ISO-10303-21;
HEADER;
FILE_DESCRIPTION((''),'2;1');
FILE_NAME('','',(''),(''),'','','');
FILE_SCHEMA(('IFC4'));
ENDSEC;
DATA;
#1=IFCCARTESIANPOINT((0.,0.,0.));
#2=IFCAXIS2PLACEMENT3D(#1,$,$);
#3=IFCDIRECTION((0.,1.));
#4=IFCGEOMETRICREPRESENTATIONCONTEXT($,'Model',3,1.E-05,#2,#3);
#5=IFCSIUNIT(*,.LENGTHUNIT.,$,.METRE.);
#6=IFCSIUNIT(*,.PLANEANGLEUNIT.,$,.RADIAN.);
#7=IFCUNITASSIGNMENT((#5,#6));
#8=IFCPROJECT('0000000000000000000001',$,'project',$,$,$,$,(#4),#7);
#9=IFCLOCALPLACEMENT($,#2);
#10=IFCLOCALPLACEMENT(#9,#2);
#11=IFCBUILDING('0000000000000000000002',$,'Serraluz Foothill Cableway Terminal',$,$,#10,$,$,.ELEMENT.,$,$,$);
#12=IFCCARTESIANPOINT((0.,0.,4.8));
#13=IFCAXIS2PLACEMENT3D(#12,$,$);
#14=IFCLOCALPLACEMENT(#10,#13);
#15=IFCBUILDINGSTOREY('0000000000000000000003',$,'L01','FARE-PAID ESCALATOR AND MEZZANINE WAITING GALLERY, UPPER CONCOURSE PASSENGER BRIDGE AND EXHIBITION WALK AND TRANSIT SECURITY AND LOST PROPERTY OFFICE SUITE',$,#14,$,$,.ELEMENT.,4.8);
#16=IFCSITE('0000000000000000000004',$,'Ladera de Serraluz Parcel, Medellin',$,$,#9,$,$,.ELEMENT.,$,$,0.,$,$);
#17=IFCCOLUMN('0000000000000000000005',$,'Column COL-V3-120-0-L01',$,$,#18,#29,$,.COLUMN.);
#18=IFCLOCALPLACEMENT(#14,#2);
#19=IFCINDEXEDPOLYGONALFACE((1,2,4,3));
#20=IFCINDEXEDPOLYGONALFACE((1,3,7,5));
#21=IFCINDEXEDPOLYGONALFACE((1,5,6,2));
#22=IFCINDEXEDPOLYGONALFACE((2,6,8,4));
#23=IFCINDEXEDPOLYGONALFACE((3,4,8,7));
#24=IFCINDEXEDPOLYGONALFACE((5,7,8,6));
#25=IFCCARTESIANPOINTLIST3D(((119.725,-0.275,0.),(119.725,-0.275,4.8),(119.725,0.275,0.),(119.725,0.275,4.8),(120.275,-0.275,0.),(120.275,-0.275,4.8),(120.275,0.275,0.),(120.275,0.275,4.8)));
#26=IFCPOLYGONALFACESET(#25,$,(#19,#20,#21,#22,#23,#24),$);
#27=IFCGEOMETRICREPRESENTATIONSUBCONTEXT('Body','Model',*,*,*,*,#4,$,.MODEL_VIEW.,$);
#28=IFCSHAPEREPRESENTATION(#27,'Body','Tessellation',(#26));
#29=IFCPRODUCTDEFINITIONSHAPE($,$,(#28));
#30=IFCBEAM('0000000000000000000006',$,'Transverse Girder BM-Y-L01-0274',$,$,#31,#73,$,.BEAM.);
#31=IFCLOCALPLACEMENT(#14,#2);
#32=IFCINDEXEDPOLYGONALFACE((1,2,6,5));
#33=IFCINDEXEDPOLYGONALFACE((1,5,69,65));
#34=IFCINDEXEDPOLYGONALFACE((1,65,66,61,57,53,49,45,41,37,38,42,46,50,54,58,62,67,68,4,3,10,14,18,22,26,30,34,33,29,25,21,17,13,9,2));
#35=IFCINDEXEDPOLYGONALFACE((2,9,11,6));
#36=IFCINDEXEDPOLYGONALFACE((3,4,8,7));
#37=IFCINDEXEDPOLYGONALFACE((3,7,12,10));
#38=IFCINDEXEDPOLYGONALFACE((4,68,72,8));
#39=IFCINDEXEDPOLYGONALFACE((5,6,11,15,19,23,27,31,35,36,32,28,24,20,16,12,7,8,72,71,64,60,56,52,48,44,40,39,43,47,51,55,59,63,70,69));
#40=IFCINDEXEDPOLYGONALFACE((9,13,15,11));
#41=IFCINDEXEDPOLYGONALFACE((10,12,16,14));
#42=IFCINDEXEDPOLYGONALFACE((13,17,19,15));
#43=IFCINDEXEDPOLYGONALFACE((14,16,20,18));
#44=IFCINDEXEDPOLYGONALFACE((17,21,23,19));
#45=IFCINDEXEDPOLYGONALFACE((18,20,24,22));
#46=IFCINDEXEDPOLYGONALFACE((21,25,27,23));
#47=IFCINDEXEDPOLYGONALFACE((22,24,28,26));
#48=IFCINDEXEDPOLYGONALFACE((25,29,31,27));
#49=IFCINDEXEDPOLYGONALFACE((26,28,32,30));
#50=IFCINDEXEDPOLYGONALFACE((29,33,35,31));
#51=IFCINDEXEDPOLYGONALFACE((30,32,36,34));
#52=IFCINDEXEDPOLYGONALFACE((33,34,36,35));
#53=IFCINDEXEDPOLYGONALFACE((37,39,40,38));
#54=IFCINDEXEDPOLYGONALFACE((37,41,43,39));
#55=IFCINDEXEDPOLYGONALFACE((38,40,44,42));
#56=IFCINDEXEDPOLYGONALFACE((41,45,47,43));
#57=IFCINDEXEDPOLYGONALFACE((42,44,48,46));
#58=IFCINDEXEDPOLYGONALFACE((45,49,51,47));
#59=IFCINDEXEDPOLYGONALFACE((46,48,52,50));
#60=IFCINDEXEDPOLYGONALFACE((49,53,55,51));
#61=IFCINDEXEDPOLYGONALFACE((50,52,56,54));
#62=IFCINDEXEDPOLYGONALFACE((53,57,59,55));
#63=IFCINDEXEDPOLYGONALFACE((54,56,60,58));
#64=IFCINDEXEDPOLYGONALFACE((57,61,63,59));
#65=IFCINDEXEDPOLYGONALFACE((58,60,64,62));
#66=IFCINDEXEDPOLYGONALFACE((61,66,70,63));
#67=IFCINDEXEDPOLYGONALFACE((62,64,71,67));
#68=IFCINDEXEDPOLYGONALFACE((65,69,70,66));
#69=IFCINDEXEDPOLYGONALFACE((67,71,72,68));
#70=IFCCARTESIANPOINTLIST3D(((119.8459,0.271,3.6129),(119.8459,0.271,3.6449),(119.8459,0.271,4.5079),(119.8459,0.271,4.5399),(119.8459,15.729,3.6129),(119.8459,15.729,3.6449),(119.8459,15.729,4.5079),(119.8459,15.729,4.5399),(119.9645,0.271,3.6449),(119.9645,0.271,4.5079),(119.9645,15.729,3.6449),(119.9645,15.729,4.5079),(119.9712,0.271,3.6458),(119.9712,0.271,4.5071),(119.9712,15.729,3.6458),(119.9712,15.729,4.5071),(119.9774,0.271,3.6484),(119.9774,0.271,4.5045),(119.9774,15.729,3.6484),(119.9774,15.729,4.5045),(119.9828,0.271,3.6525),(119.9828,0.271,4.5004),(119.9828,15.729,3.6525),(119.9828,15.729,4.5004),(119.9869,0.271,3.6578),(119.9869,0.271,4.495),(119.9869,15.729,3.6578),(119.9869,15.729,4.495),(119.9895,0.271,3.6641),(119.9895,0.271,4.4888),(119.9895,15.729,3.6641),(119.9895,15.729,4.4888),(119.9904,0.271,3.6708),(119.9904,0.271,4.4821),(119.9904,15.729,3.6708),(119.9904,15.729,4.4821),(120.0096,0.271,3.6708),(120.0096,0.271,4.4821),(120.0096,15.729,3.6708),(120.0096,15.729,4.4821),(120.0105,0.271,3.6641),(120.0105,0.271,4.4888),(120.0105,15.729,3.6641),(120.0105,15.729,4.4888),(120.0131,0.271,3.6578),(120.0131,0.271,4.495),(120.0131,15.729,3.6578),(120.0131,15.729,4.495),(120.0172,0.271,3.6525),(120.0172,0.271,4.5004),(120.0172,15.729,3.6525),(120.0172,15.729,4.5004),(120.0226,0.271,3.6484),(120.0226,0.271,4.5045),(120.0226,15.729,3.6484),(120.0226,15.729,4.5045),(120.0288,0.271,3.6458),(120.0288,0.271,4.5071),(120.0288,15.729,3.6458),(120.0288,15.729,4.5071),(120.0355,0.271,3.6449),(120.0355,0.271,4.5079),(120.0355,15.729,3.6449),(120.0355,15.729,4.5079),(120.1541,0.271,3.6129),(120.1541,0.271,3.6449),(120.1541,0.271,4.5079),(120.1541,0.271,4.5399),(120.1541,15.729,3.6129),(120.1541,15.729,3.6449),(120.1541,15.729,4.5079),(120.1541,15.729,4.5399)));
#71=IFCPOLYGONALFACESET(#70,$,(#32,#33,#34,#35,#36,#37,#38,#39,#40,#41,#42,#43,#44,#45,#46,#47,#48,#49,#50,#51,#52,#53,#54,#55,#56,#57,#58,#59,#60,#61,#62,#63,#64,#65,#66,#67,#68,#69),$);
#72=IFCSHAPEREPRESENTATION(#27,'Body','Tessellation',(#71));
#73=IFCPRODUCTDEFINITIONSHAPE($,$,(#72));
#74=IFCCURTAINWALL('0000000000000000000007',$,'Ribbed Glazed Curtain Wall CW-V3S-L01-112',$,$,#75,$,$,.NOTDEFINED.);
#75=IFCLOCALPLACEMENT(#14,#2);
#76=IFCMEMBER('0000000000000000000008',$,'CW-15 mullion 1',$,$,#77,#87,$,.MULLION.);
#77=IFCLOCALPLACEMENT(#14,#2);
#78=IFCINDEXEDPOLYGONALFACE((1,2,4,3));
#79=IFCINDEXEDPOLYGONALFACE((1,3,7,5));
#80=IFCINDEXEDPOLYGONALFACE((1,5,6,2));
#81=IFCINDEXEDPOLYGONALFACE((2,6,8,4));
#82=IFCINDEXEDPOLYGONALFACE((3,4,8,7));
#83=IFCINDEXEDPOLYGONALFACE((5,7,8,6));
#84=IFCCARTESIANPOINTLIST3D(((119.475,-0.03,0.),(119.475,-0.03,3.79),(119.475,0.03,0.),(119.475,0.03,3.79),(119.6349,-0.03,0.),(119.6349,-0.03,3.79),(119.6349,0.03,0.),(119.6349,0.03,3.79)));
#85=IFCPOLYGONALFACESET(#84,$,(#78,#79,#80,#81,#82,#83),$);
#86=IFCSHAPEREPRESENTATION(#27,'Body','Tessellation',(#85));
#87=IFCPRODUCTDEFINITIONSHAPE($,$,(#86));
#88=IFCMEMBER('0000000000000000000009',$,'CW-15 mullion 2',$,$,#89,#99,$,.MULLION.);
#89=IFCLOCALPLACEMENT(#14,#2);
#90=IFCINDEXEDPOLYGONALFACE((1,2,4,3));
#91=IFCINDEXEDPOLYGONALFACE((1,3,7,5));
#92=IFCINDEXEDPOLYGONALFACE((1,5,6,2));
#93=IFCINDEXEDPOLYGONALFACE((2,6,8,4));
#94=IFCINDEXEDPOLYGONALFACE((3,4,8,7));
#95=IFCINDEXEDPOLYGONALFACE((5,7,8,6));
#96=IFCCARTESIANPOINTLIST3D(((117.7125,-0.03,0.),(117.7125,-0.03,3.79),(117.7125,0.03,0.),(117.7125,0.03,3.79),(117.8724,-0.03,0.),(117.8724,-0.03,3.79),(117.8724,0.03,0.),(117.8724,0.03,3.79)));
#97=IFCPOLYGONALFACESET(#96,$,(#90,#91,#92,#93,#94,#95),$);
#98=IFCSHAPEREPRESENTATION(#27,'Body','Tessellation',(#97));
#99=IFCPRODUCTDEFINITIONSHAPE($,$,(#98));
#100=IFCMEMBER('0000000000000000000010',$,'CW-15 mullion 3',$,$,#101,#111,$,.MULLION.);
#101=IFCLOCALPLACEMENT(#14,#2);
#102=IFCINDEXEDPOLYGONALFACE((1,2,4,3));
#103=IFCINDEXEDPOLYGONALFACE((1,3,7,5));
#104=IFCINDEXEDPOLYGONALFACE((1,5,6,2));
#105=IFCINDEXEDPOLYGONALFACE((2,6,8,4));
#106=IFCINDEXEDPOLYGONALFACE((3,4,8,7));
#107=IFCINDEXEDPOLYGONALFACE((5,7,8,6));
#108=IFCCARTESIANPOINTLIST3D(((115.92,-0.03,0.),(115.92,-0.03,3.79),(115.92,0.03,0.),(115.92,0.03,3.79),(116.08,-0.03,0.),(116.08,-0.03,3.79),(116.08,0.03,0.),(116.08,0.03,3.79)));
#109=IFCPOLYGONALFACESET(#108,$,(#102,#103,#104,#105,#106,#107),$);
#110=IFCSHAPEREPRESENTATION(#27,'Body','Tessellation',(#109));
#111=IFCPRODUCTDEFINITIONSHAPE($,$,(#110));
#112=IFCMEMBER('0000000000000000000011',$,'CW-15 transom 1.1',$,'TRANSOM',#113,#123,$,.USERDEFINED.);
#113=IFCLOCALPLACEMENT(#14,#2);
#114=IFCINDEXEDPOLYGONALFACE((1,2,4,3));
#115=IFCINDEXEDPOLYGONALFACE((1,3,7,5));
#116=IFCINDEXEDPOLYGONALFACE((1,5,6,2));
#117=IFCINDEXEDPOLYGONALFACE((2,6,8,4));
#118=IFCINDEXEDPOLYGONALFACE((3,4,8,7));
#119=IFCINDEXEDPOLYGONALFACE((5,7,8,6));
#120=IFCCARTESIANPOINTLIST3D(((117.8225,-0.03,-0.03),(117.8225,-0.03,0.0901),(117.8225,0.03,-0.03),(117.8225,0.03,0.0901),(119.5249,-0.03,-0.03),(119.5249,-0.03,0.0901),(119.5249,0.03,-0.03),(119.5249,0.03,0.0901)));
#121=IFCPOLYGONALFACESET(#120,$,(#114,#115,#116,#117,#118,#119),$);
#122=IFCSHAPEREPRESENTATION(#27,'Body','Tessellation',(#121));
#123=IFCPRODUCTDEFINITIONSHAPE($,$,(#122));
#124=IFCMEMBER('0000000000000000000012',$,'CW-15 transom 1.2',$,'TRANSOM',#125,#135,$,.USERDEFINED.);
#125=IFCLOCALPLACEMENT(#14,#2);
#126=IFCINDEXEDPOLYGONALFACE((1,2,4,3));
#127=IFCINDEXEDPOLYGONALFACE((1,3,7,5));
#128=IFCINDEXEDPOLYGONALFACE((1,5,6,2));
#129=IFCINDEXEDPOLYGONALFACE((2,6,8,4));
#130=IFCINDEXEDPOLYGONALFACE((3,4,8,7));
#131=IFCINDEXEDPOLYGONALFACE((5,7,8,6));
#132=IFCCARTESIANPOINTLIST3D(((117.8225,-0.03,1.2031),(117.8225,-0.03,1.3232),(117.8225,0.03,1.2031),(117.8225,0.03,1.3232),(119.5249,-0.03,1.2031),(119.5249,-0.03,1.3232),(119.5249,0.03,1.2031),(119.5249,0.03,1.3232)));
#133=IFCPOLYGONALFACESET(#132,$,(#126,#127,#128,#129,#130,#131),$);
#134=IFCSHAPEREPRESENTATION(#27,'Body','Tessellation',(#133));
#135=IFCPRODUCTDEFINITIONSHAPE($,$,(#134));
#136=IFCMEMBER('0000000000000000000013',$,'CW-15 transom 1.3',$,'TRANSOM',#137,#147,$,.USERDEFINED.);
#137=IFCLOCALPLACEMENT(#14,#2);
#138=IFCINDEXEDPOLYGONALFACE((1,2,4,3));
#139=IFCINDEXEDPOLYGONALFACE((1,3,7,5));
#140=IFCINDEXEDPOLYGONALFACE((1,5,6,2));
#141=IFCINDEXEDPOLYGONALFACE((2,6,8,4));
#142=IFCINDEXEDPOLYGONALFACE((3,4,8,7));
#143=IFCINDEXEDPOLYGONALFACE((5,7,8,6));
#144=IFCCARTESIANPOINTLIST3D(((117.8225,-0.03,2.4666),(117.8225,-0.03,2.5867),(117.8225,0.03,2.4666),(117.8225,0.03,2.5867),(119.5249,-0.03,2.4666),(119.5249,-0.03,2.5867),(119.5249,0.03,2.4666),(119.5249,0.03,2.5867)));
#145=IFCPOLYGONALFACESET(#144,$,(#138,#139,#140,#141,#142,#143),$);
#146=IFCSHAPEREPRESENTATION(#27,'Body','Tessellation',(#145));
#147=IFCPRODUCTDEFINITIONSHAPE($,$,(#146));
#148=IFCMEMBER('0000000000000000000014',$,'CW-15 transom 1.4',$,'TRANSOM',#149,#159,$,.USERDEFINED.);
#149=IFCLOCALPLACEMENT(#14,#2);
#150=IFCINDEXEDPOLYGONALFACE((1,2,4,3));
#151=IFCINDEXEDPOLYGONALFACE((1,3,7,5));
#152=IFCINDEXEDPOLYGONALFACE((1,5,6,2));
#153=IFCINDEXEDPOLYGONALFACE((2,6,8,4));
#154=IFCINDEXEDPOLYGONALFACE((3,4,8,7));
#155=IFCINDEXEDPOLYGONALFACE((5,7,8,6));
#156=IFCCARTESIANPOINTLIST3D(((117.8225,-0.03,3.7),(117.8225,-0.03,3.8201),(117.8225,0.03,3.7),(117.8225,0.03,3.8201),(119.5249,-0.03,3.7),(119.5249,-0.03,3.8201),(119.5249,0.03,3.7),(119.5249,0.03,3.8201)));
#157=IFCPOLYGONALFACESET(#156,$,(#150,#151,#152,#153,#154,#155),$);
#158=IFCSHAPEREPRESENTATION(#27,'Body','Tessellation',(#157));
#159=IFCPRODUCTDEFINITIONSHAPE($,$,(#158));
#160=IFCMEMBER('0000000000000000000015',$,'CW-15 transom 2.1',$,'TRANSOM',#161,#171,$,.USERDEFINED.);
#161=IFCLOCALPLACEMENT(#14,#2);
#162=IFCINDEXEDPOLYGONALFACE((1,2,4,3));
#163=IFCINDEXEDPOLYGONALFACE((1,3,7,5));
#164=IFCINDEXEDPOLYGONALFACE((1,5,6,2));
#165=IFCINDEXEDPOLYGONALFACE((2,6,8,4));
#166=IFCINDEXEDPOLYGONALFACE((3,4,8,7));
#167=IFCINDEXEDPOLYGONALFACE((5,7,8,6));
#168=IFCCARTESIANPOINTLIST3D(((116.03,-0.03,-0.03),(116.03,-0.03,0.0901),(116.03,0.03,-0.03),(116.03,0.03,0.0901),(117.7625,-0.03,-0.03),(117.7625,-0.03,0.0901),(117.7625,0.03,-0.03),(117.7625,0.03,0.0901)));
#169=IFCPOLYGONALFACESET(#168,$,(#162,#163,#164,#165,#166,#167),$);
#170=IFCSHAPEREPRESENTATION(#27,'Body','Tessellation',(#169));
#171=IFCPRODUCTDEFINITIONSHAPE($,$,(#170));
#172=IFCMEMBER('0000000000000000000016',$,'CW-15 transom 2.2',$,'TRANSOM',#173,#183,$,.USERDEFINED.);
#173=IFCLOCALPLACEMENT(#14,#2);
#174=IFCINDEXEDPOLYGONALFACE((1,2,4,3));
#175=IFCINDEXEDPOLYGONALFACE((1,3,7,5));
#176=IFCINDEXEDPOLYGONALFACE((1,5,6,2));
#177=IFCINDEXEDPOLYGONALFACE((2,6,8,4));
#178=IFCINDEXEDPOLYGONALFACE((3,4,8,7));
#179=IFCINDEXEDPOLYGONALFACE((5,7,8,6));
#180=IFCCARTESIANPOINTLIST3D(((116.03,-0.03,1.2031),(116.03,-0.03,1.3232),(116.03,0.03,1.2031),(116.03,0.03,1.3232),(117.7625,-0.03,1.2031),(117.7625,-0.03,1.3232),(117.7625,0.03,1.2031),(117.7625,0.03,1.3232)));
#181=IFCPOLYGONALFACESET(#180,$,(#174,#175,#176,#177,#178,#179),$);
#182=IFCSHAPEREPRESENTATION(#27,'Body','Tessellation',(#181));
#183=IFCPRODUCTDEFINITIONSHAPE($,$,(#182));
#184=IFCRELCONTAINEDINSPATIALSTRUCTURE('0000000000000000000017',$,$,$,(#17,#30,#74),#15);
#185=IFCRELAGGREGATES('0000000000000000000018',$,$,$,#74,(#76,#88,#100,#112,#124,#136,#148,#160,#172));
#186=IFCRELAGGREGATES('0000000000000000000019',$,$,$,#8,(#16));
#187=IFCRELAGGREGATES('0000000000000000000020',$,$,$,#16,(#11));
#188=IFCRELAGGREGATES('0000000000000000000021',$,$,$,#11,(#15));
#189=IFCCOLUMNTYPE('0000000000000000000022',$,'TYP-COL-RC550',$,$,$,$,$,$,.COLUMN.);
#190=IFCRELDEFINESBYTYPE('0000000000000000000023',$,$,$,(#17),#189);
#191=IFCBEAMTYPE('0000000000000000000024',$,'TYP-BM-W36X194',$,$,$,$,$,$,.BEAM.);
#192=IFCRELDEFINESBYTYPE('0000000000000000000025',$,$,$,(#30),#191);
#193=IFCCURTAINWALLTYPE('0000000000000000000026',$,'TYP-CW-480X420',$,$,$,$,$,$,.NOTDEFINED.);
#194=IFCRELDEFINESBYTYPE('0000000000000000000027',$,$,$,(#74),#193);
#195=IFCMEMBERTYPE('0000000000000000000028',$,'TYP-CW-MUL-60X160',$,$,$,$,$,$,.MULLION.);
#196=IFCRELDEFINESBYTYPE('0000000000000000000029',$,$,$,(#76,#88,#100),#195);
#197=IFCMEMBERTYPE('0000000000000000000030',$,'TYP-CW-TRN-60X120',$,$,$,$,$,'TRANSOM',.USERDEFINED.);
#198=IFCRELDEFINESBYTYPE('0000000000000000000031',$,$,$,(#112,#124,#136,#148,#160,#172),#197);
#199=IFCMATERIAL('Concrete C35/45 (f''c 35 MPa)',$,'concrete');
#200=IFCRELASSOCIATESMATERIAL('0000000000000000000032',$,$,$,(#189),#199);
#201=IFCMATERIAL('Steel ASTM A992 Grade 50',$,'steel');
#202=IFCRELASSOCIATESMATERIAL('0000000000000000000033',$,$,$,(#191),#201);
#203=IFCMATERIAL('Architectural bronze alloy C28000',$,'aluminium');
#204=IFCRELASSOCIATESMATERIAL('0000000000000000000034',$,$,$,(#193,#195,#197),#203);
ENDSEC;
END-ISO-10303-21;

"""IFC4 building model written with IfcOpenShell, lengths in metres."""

from ifc_helpers import new_model, si_unit, direction, frame, origin, origin_2d, place, context, subcontext, project, spatial, rectangle, i_section, extrude, material, material_profile, profile_set, type_object, element, aggregate, save


model = new_model("IFC4")

# Units and contexts
model_context = context("Model", 3, precision=1e-05, world=origin(), true_north=direction((0.0, 1.0)))
body_context = subcontext(model_context, "Body", "Model", "MODEL_VIEW")
ifc_project = project(units=[si_unit("LENGTHUNIT", "METRE"), si_unit("PLANEANGLEUNIT", "RADIAN")], contexts=[model_context])

# Site, building, storey
site_placement = place(None, origin())
site = spatial("IfcSite", under=ifc_project, at=site_placement, Name="Ladera de Serraluz Parcel, Medellin", CompositionType="ELEMENT", RefElevation=0.0)
building_placement = place(site_placement, origin())
building = spatial("IfcBuilding", under=site, at=building_placement, Name="Serraluz Foothill Cableway Terminal", CompositionType="ELEMENT")
storey_placement = place(building_placement, frame((0.0, 0.0, 4.8)))
storey = spatial("IfcBuildingStorey", under=building, at=storey_placement, Name="L01", Description="FARE-PAID ESCALATOR AND MEZZANINE WAITING GALLERY, UPPER CONCOURSE PASSENGER BRIDGE AND EXHIBITION WALK AND TRANSIT SECURITY AND LOST PROPERTY OFFICE SUITE", CompositionType="ELEMENT", Elevation=4.8)

# Column
ifc_material_1 = material(Name="Concrete C35/45 (f'c 35 MPa)", Category="concrete")
ifc_material_profile_1 = material_profile(ifc_material_1, rectangle(XDim=0.55, YDim=0.55, at=origin_2d()), Name="RC 550x550")
ifc_profile_set_1 = profile_set([ifc_material_profile_1], Name="Concrete C35/45 (f'c 35 MPa)")
column_type = type_object("IfcColumnType", Name="TYP-COL-RC550", PredefinedType="COLUMN", material=ifc_profile_set_1)
column_placement = place(storey_placement, frame((120.0, 0.0, 0.0), z_axis=(0.0, 0.0, 1.0), x_axis=(1.0, 0.0, 0.0)))
element("IfcColumn", 1, at=column_placement, inside=storey, type_object=column_type, Name="Column COL-V3-120-0-L01", PredefinedType="COLUMN", context=body_context, shape_type="SweptSolid", body=[
    extrude(rectangle(XDim=0.55, YDim=0.55, at=origin_2d()), origin(), (0.0, 0.0, 1.0), 4.8),
])

# Beam
ifc_material_2 = material(Name="Steel ASTM A992 Grade 50", Category="steel")
ifc_material_profile_2 = material_profile(ifc_material_2, i_section(OverallWidth=0.3081, OverallDepth=0.927, WebThickness=0.0193, FlangeThickness=0.032, FilletRadius=0.0259, at=origin_2d()), Name="W36X194")
ifc_profile_set_2 = profile_set([ifc_material_profile_2], Name="Steel ASTM A992 Grade 50")
beam_type = type_object("IfcBeamType", Name="TYP-BM-W36X194", PredefinedType="BEAM", material=ifc_profile_set_2)
beam_placement = place(storey_placement, frame((120.0, 0.271, 4.0764), z_axis=(0.0, 1.0, 0.0), x_axis=(-1.0, 0.0, 0.0)))
element("IfcBeam", 2, at=beam_placement, inside=storey, type_object=beam_type, Name="Transverse Girder BM-Y-L01-0274", PredefinedType="BEAM", context=body_context, shape_type="SweptSolid", body=[
    extrude(i_section(OverallWidth=0.3081, OverallDepth=0.927, WebThickness=0.0193, FlangeThickness=0.032, FilletRadius=0.0259, at=origin_2d()), origin(), (0.0, 0.0, 1.0), 15.458),
])

# Curtain wall, members
ifc_material_3 = material(Name="Architectural bronze alloy C28000", Category="aluminium")
curtain_wall_type = type_object("IfcCurtainWallType", Name="TYP-CW-480X420", PredefinedType="NOTDEFINED", material=ifc_material_3)
curtain_wall_placement = place(storey_placement, origin())
curtain_wall = element("IfcCurtainWall", 3, at=curtain_wall_placement, inside=storey, type_object=curtain_wall_type, Name="Ribbed Glazed Curtain Wall CW-V3S-L01-112", PredefinedType="NOTDEFINED")
ifc_material_profile_3 = material_profile(ifc_material_3, rectangle(XDim=0.0601, YDim=0.1599, at=origin_2d()), Name="ALU MULLION 60x160")
ifc_profile_set_3 = profile_set([ifc_material_profile_3], Name="Architectural bronze alloy C28000")
member_type_1 = type_object("IfcMemberType", Name="TYP-CW-MUL-60X160", PredefinedType="MULLION", material=ifc_profile_set_3)
member_1_placement = place(storey_placement, frame((119.5549, 0.0, 0.0), z_axis=(0.0, 0.0, 1.0), x_axis=(0.0, -1.0, 0.0)))
member_1 = element("IfcMember", 4, at=member_1_placement, type_object=member_type_1, Name="CW-15 mullion 1", PredefinedType="MULLION", context=body_context, shape_type="SweptSolid", body=[
    extrude(rectangle(XDim=0.0601, YDim=0.1599, at=origin_2d()), origin(), (0.0, 0.0, 1.0), 3.79),
])
member_2_placement = place(storey_placement, frame((117.7925, 0.0, 0.0), z_axis=(0.0, 0.0, 1.0), x_axis=(0.0, -1.0, 0.0)))
member_2 = element("IfcMember", 5, at=member_2_placement, type_object=member_type_1, Name="CW-15 mullion 2", PredefinedType="MULLION", context=body_context, shape_type="SweptSolid", body=[
    extrude(rectangle(XDim=0.0601, YDim=0.1599, at=origin_2d()), origin(), (0.0, 0.0, 1.0), 3.79),
])
member_3_placement = place(storey_placement, frame((116.0, 0.0, 0.0), z_axis=(0.0, 0.0, 1.0), x_axis=(0.0, -1.0, 0.0)))
member_3 = element("IfcMember", 6, at=member_3_placement, type_object=member_type_1, Name="CW-15 mullion 3", PredefinedType="MULLION", context=body_context, shape_type="SweptSolid", body=[
    extrude(rectangle(XDim=0.0601, YDim=0.1599, at=origin_2d()), origin(), (0.0, 0.0, 1.0), 3.79),
])
ifc_material_profile_4 = material_profile(ifc_material_3, rectangle(XDim=0.0601, YDim=0.1201, at=origin_2d()), Name="ALU TRANSOM 60x120")
ifc_profile_set_4 = profile_set([ifc_material_profile_4], Name="Architectural bronze alloy C28000")
member_type_2 = type_object("IfcMemberType", Name="TYP-CW-TRN-60X120", ElementType="TRANSOM", PredefinedType="USERDEFINED", material=ifc_profile_set_4)
member_4_placement = place(storey_placement, frame((119.5249, 0.0, 0.03), z_axis=(-1.0, 0.0, 0.0), x_axis=(0.0, -1.0, 0.0)))
member_4 = element("IfcMember", 7, at=member_4_placement, type_object=member_type_2, Name="CW-15 transom 1.1", ObjectType="TRANSOM", PredefinedType="USERDEFINED", context=body_context, shape_type="SweptSolid", body=[
    extrude(rectangle(XDim=0.0601, YDim=0.1201, at=origin_2d()), origin(), (0.0, 0.0, 1.0), 1.7024),
])
member_5_placement = place(storey_placement, frame((119.5249, 0.0, 1.2632), z_axis=(-1.0, 0.0, 0.0), x_axis=(0.0, -1.0, 0.0)))
member_5 = element("IfcMember", 8, at=member_5_placement, type_object=member_type_2, Name="CW-15 transom 1.2", ObjectType="TRANSOM", PredefinedType="USERDEFINED", context=body_context, shape_type="SweptSolid", body=[
    extrude(rectangle(XDim=0.0601, YDim=0.1201, at=origin_2d()), origin(), (0.0, 0.0, 1.0), 1.7024),
])
member_6_placement = place(storey_placement, frame((119.5249, 0.0, 2.5266), z_axis=(-1.0, 0.0, 0.0), x_axis=(0.0, -1.0, 0.0)))
member_6 = element("IfcMember", 9, at=member_6_placement, type_object=member_type_2, Name="CW-15 transom 1.3", ObjectType="TRANSOM", PredefinedType="USERDEFINED", context=body_context, shape_type="SweptSolid", body=[
    extrude(rectangle(XDim=0.0601, YDim=0.1201, at=origin_2d()), origin(), (0.0, 0.0, 1.0), 1.7024),
])
member_7_placement = place(storey_placement, frame((119.5249, 0.0, 3.76), z_axis=(-1.0, 0.0, 0.0), x_axis=(0.0, -1.0, 0.0)))
member_7 = element("IfcMember", 10, at=member_7_placement, type_object=member_type_2, Name="CW-15 transom 1.4", ObjectType="TRANSOM", PredefinedType="USERDEFINED", context=body_context, shape_type="SweptSolid", body=[
    extrude(rectangle(XDim=0.0601, YDim=0.1201, at=origin_2d()), origin(), (0.0, 0.0, 1.0), 1.7024),
])
member_8_placement = place(storey_placement, frame((117.7625, 0.0, 0.03), z_axis=(-1.0, 0.0, 0.0), x_axis=(0.0, -1.0, 0.0)))
member_8 = element("IfcMember", 11, at=member_8_placement, type_object=member_type_2, Name="CW-15 transom 2.1", ObjectType="TRANSOM", PredefinedType="USERDEFINED", context=body_context, shape_type="SweptSolid", body=[
    extrude(rectangle(XDim=0.0601, YDim=0.1201, at=origin_2d()), origin(), (0.0, 0.0, 1.0), 1.7324),
])
member_9_placement = place(storey_placement, frame((117.7625, 0.0, 1.2632), z_axis=(-1.0, 0.0, 0.0), x_axis=(0.0, -1.0, 0.0)))
member_9 = element("IfcMember", 12, at=member_9_placement, type_object=member_type_2, Name="CW-15 transom 2.2", ObjectType="TRANSOM", PredefinedType="USERDEFINED", context=body_context, shape_type="SweptSolid", body=[
    extrude(rectangle(XDim=0.0601, YDim=0.1201, at=origin_2d()), origin(), (0.0, 0.0, 1.0), 1.7324),
])
aggregate(curtain_wall, [member_1, member_2, member_3, member_4, member_5, member_6, member_7, member_8, member_9])

save(model, "model.ifc")
